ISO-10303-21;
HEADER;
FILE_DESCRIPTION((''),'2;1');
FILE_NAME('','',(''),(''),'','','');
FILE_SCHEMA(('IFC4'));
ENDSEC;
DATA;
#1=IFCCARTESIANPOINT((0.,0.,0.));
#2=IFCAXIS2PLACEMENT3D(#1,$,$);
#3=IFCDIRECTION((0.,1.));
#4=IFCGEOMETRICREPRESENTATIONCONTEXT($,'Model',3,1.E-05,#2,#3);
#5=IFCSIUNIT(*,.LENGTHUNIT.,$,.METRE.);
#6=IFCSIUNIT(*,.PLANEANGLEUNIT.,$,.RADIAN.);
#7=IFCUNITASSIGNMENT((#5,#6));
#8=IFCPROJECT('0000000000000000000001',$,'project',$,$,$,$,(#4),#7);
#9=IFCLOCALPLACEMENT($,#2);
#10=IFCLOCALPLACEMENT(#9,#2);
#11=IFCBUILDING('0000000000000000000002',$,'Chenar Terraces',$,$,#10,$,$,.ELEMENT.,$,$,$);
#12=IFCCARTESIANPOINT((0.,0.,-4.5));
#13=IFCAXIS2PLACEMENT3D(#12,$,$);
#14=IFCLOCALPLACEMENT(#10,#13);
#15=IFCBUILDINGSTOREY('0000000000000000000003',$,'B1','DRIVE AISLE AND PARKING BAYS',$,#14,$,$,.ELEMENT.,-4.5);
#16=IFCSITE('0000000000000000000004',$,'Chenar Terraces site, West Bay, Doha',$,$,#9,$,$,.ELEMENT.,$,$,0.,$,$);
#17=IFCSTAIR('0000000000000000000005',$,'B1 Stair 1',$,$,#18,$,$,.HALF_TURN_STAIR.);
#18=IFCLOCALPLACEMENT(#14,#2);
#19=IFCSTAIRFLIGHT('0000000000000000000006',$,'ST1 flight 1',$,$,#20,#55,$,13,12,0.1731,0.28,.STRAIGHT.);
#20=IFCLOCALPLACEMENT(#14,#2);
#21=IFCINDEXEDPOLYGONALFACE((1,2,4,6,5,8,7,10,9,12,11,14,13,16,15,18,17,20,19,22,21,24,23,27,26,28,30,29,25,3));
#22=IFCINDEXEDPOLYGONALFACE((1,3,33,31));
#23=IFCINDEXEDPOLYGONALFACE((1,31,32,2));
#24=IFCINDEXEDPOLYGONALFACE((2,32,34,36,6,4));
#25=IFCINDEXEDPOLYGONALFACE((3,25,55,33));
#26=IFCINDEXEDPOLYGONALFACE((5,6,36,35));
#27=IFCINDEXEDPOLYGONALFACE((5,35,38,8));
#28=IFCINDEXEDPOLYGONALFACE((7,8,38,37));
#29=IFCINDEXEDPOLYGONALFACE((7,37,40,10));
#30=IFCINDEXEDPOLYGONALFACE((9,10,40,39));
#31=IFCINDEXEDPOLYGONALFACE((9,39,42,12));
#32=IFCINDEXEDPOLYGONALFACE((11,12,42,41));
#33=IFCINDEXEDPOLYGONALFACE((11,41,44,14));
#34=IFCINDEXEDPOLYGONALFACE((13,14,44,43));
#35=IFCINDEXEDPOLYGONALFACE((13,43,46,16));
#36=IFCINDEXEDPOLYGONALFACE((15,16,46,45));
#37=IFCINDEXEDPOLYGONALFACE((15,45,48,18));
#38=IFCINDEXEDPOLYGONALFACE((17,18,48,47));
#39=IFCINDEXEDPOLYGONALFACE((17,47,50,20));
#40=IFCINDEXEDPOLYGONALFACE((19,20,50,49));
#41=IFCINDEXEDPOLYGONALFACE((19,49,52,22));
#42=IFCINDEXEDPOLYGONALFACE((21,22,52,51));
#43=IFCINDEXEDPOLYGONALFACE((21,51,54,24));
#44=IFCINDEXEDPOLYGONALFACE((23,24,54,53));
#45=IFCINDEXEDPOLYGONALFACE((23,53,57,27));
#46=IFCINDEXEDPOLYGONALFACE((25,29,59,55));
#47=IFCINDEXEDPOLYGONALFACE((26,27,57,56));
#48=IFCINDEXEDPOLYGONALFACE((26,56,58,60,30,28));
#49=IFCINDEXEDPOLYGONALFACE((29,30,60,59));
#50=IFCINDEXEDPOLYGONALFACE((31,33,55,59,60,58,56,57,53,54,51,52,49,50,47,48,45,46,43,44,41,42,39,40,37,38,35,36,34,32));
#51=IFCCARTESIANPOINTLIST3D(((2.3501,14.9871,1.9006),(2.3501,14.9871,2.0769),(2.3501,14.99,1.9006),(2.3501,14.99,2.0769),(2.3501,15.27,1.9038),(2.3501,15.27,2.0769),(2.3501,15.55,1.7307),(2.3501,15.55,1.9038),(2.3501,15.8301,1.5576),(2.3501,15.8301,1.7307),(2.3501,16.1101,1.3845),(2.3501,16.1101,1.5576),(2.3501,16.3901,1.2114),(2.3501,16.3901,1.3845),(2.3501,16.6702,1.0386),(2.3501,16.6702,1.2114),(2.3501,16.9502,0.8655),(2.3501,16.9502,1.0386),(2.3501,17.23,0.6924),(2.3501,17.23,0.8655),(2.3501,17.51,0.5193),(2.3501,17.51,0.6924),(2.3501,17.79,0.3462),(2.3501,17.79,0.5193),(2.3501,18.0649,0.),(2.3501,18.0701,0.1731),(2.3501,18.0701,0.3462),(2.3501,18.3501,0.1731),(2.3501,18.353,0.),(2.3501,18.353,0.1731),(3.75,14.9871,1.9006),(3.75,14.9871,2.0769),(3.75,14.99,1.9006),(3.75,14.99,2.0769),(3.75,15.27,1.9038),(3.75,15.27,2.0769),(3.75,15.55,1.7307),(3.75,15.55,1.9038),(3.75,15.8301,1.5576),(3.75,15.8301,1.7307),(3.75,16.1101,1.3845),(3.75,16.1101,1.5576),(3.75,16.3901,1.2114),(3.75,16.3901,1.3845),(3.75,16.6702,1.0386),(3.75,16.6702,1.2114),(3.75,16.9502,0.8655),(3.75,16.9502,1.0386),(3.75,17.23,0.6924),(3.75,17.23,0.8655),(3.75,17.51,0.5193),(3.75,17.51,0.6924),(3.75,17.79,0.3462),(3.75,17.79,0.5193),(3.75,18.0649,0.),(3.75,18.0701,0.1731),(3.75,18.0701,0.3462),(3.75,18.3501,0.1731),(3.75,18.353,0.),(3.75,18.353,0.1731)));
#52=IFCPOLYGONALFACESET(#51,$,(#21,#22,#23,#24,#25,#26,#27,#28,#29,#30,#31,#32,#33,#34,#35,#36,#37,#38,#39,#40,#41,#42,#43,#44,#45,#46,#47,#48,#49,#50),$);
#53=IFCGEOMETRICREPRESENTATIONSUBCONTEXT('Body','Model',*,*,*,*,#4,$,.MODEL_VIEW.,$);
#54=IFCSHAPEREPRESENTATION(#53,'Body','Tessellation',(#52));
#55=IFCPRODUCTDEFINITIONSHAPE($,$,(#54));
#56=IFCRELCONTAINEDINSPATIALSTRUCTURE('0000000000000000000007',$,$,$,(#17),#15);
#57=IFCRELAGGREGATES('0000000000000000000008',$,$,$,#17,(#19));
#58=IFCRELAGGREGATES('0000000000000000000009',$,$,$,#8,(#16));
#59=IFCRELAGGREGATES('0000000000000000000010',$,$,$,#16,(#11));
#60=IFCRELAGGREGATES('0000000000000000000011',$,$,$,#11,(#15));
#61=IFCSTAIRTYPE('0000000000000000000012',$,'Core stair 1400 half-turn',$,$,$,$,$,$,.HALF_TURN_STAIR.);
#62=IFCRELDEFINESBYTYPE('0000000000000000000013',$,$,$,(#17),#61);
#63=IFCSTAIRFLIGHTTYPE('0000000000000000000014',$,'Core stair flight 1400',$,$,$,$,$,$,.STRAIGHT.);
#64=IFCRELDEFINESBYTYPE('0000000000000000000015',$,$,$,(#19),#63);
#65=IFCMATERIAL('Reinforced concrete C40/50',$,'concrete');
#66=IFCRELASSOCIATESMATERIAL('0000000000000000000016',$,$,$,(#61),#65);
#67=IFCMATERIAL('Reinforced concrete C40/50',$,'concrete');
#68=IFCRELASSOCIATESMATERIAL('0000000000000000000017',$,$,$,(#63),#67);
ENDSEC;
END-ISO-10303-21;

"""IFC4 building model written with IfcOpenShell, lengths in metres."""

from ifc_helpers import new_model, si_unit, direction, frame, origin, place, context, subcontext, project, spatial, polyline, outline, extrude, material, type_object, element, aggregate, save


model = new_model("IFC4")

# Units and contexts
model_context = context("Model", 3, precision=1e-05, world=origin(), true_north=direction((0.0, 1.0)))
body_context = subcontext(model_context, "Body", "Model", "MODEL_VIEW")
ifc_project = project(units=[si_unit("LENGTHUNIT", "METRE"), si_unit("PLANEANGLEUNIT", "RADIAN")], contexts=[model_context])

# Site, building, storey
site_placement = place(None, origin())
site = spatial("IfcSite", under=ifc_project, at=site_placement, Name="Chenar Terraces site, West Bay, Doha", CompositionType="ELEMENT", RefElevation=0.0)
building_placement = place(site_placement, origin())
building = spatial("IfcBuilding", under=site, at=building_placement, Name="Chenar Terraces", CompositionType="ELEMENT")
storey_placement = place(building_placement, frame((0.0, 0.0, -4.5)))
storey = spatial("IfcBuildingStorey", under=building, at=storey_placement, Name="B1", Description="DRIVE AISLE AND PARKING BAYS", CompositionType="ELEMENT", Elevation=-4.5)

# Stair, stair flight
ifc_material_1 = material(Name="Reinforced concrete C40/50", Category="concrete")
stair_type = type_object("IfcStairType", Name="Core stair 1400 half-turn", PredefinedType="HALF_TURN_STAIR", material=ifc_material_1)
stair_placement = place(storey_placement, origin())
stair = element("IfcStair", 1, at=stair_placement, inside=storey, type_object=stair_type, Name="B1 Stair 1", PredefinedType="HALF_TURN_STAIR")
ifc_material_2 = material(Name="Reinforced concrete C40/50", Category="concrete")
stair_flight_type = type_object("IfcStairFlightType", Name="Core stair flight 1400", PredefinedType="STRAIGHT", material=ifc_material_2)
stair_flight_placement = place(storey_placement, frame((3.05, 18.3501, 0.0), z_axis=(0.0, 0.0, 1.0), x_axis=(0.0, -1.0, 0.0)))
stair_flight = element("IfcStairFlight", 2, at=stair_flight_placement, type_object=stair_flight_type, Name="ST1 flight 1", NumberOfRisers=13, NumberOfTreads=12, PredefinedType="STRAIGHT", RiserHeight=0.1731, TreadLength=0.28, context=body_context, shape_type="SweptSolid", body=[
    extrude(outline(polyline([(-0.0029, 0.0), (-0.0029, 0.1731), (0.0, 0.1731), (0.28, 0.1731), (0.28, 0.3462), (0.5601, 0.3462), (0.5601, 0.5193), (0.8401, 0.5193), (0.8401, 0.6924), (1.1201, 0.6924), (1.1201, 0.8655), (1.3999, 0.8655), (1.3999, 1.0386), (1.6799, 1.0386), (1.6799, 1.2114), (1.96, 1.2114), (1.96, 1.3845), (2.24, 1.3845), (2.24, 1.5576), (2.52, 1.5576), (2.52, 1.7307), (2.8, 1.7307), (2.8, 1.9038), (3.0801, 1.9038), (3.0801, 2.0769), (3.3601, 2.0769), (3.363, 2.0769), (3.363, 1.9006), (3.3601, 1.9006), (0.2852, 0.0), (-0.0029, 0.0)])), frame((0.0, 0.7, 0.0), z_axis=(0.0, -1.0, 0.0), x_axis=(1.0, 0.0, 0.0)), (0.0, 0.0, 1.0), 1.3999),
])
aggregate(stair, [stair_flight])

save(model, "model.ifc")
